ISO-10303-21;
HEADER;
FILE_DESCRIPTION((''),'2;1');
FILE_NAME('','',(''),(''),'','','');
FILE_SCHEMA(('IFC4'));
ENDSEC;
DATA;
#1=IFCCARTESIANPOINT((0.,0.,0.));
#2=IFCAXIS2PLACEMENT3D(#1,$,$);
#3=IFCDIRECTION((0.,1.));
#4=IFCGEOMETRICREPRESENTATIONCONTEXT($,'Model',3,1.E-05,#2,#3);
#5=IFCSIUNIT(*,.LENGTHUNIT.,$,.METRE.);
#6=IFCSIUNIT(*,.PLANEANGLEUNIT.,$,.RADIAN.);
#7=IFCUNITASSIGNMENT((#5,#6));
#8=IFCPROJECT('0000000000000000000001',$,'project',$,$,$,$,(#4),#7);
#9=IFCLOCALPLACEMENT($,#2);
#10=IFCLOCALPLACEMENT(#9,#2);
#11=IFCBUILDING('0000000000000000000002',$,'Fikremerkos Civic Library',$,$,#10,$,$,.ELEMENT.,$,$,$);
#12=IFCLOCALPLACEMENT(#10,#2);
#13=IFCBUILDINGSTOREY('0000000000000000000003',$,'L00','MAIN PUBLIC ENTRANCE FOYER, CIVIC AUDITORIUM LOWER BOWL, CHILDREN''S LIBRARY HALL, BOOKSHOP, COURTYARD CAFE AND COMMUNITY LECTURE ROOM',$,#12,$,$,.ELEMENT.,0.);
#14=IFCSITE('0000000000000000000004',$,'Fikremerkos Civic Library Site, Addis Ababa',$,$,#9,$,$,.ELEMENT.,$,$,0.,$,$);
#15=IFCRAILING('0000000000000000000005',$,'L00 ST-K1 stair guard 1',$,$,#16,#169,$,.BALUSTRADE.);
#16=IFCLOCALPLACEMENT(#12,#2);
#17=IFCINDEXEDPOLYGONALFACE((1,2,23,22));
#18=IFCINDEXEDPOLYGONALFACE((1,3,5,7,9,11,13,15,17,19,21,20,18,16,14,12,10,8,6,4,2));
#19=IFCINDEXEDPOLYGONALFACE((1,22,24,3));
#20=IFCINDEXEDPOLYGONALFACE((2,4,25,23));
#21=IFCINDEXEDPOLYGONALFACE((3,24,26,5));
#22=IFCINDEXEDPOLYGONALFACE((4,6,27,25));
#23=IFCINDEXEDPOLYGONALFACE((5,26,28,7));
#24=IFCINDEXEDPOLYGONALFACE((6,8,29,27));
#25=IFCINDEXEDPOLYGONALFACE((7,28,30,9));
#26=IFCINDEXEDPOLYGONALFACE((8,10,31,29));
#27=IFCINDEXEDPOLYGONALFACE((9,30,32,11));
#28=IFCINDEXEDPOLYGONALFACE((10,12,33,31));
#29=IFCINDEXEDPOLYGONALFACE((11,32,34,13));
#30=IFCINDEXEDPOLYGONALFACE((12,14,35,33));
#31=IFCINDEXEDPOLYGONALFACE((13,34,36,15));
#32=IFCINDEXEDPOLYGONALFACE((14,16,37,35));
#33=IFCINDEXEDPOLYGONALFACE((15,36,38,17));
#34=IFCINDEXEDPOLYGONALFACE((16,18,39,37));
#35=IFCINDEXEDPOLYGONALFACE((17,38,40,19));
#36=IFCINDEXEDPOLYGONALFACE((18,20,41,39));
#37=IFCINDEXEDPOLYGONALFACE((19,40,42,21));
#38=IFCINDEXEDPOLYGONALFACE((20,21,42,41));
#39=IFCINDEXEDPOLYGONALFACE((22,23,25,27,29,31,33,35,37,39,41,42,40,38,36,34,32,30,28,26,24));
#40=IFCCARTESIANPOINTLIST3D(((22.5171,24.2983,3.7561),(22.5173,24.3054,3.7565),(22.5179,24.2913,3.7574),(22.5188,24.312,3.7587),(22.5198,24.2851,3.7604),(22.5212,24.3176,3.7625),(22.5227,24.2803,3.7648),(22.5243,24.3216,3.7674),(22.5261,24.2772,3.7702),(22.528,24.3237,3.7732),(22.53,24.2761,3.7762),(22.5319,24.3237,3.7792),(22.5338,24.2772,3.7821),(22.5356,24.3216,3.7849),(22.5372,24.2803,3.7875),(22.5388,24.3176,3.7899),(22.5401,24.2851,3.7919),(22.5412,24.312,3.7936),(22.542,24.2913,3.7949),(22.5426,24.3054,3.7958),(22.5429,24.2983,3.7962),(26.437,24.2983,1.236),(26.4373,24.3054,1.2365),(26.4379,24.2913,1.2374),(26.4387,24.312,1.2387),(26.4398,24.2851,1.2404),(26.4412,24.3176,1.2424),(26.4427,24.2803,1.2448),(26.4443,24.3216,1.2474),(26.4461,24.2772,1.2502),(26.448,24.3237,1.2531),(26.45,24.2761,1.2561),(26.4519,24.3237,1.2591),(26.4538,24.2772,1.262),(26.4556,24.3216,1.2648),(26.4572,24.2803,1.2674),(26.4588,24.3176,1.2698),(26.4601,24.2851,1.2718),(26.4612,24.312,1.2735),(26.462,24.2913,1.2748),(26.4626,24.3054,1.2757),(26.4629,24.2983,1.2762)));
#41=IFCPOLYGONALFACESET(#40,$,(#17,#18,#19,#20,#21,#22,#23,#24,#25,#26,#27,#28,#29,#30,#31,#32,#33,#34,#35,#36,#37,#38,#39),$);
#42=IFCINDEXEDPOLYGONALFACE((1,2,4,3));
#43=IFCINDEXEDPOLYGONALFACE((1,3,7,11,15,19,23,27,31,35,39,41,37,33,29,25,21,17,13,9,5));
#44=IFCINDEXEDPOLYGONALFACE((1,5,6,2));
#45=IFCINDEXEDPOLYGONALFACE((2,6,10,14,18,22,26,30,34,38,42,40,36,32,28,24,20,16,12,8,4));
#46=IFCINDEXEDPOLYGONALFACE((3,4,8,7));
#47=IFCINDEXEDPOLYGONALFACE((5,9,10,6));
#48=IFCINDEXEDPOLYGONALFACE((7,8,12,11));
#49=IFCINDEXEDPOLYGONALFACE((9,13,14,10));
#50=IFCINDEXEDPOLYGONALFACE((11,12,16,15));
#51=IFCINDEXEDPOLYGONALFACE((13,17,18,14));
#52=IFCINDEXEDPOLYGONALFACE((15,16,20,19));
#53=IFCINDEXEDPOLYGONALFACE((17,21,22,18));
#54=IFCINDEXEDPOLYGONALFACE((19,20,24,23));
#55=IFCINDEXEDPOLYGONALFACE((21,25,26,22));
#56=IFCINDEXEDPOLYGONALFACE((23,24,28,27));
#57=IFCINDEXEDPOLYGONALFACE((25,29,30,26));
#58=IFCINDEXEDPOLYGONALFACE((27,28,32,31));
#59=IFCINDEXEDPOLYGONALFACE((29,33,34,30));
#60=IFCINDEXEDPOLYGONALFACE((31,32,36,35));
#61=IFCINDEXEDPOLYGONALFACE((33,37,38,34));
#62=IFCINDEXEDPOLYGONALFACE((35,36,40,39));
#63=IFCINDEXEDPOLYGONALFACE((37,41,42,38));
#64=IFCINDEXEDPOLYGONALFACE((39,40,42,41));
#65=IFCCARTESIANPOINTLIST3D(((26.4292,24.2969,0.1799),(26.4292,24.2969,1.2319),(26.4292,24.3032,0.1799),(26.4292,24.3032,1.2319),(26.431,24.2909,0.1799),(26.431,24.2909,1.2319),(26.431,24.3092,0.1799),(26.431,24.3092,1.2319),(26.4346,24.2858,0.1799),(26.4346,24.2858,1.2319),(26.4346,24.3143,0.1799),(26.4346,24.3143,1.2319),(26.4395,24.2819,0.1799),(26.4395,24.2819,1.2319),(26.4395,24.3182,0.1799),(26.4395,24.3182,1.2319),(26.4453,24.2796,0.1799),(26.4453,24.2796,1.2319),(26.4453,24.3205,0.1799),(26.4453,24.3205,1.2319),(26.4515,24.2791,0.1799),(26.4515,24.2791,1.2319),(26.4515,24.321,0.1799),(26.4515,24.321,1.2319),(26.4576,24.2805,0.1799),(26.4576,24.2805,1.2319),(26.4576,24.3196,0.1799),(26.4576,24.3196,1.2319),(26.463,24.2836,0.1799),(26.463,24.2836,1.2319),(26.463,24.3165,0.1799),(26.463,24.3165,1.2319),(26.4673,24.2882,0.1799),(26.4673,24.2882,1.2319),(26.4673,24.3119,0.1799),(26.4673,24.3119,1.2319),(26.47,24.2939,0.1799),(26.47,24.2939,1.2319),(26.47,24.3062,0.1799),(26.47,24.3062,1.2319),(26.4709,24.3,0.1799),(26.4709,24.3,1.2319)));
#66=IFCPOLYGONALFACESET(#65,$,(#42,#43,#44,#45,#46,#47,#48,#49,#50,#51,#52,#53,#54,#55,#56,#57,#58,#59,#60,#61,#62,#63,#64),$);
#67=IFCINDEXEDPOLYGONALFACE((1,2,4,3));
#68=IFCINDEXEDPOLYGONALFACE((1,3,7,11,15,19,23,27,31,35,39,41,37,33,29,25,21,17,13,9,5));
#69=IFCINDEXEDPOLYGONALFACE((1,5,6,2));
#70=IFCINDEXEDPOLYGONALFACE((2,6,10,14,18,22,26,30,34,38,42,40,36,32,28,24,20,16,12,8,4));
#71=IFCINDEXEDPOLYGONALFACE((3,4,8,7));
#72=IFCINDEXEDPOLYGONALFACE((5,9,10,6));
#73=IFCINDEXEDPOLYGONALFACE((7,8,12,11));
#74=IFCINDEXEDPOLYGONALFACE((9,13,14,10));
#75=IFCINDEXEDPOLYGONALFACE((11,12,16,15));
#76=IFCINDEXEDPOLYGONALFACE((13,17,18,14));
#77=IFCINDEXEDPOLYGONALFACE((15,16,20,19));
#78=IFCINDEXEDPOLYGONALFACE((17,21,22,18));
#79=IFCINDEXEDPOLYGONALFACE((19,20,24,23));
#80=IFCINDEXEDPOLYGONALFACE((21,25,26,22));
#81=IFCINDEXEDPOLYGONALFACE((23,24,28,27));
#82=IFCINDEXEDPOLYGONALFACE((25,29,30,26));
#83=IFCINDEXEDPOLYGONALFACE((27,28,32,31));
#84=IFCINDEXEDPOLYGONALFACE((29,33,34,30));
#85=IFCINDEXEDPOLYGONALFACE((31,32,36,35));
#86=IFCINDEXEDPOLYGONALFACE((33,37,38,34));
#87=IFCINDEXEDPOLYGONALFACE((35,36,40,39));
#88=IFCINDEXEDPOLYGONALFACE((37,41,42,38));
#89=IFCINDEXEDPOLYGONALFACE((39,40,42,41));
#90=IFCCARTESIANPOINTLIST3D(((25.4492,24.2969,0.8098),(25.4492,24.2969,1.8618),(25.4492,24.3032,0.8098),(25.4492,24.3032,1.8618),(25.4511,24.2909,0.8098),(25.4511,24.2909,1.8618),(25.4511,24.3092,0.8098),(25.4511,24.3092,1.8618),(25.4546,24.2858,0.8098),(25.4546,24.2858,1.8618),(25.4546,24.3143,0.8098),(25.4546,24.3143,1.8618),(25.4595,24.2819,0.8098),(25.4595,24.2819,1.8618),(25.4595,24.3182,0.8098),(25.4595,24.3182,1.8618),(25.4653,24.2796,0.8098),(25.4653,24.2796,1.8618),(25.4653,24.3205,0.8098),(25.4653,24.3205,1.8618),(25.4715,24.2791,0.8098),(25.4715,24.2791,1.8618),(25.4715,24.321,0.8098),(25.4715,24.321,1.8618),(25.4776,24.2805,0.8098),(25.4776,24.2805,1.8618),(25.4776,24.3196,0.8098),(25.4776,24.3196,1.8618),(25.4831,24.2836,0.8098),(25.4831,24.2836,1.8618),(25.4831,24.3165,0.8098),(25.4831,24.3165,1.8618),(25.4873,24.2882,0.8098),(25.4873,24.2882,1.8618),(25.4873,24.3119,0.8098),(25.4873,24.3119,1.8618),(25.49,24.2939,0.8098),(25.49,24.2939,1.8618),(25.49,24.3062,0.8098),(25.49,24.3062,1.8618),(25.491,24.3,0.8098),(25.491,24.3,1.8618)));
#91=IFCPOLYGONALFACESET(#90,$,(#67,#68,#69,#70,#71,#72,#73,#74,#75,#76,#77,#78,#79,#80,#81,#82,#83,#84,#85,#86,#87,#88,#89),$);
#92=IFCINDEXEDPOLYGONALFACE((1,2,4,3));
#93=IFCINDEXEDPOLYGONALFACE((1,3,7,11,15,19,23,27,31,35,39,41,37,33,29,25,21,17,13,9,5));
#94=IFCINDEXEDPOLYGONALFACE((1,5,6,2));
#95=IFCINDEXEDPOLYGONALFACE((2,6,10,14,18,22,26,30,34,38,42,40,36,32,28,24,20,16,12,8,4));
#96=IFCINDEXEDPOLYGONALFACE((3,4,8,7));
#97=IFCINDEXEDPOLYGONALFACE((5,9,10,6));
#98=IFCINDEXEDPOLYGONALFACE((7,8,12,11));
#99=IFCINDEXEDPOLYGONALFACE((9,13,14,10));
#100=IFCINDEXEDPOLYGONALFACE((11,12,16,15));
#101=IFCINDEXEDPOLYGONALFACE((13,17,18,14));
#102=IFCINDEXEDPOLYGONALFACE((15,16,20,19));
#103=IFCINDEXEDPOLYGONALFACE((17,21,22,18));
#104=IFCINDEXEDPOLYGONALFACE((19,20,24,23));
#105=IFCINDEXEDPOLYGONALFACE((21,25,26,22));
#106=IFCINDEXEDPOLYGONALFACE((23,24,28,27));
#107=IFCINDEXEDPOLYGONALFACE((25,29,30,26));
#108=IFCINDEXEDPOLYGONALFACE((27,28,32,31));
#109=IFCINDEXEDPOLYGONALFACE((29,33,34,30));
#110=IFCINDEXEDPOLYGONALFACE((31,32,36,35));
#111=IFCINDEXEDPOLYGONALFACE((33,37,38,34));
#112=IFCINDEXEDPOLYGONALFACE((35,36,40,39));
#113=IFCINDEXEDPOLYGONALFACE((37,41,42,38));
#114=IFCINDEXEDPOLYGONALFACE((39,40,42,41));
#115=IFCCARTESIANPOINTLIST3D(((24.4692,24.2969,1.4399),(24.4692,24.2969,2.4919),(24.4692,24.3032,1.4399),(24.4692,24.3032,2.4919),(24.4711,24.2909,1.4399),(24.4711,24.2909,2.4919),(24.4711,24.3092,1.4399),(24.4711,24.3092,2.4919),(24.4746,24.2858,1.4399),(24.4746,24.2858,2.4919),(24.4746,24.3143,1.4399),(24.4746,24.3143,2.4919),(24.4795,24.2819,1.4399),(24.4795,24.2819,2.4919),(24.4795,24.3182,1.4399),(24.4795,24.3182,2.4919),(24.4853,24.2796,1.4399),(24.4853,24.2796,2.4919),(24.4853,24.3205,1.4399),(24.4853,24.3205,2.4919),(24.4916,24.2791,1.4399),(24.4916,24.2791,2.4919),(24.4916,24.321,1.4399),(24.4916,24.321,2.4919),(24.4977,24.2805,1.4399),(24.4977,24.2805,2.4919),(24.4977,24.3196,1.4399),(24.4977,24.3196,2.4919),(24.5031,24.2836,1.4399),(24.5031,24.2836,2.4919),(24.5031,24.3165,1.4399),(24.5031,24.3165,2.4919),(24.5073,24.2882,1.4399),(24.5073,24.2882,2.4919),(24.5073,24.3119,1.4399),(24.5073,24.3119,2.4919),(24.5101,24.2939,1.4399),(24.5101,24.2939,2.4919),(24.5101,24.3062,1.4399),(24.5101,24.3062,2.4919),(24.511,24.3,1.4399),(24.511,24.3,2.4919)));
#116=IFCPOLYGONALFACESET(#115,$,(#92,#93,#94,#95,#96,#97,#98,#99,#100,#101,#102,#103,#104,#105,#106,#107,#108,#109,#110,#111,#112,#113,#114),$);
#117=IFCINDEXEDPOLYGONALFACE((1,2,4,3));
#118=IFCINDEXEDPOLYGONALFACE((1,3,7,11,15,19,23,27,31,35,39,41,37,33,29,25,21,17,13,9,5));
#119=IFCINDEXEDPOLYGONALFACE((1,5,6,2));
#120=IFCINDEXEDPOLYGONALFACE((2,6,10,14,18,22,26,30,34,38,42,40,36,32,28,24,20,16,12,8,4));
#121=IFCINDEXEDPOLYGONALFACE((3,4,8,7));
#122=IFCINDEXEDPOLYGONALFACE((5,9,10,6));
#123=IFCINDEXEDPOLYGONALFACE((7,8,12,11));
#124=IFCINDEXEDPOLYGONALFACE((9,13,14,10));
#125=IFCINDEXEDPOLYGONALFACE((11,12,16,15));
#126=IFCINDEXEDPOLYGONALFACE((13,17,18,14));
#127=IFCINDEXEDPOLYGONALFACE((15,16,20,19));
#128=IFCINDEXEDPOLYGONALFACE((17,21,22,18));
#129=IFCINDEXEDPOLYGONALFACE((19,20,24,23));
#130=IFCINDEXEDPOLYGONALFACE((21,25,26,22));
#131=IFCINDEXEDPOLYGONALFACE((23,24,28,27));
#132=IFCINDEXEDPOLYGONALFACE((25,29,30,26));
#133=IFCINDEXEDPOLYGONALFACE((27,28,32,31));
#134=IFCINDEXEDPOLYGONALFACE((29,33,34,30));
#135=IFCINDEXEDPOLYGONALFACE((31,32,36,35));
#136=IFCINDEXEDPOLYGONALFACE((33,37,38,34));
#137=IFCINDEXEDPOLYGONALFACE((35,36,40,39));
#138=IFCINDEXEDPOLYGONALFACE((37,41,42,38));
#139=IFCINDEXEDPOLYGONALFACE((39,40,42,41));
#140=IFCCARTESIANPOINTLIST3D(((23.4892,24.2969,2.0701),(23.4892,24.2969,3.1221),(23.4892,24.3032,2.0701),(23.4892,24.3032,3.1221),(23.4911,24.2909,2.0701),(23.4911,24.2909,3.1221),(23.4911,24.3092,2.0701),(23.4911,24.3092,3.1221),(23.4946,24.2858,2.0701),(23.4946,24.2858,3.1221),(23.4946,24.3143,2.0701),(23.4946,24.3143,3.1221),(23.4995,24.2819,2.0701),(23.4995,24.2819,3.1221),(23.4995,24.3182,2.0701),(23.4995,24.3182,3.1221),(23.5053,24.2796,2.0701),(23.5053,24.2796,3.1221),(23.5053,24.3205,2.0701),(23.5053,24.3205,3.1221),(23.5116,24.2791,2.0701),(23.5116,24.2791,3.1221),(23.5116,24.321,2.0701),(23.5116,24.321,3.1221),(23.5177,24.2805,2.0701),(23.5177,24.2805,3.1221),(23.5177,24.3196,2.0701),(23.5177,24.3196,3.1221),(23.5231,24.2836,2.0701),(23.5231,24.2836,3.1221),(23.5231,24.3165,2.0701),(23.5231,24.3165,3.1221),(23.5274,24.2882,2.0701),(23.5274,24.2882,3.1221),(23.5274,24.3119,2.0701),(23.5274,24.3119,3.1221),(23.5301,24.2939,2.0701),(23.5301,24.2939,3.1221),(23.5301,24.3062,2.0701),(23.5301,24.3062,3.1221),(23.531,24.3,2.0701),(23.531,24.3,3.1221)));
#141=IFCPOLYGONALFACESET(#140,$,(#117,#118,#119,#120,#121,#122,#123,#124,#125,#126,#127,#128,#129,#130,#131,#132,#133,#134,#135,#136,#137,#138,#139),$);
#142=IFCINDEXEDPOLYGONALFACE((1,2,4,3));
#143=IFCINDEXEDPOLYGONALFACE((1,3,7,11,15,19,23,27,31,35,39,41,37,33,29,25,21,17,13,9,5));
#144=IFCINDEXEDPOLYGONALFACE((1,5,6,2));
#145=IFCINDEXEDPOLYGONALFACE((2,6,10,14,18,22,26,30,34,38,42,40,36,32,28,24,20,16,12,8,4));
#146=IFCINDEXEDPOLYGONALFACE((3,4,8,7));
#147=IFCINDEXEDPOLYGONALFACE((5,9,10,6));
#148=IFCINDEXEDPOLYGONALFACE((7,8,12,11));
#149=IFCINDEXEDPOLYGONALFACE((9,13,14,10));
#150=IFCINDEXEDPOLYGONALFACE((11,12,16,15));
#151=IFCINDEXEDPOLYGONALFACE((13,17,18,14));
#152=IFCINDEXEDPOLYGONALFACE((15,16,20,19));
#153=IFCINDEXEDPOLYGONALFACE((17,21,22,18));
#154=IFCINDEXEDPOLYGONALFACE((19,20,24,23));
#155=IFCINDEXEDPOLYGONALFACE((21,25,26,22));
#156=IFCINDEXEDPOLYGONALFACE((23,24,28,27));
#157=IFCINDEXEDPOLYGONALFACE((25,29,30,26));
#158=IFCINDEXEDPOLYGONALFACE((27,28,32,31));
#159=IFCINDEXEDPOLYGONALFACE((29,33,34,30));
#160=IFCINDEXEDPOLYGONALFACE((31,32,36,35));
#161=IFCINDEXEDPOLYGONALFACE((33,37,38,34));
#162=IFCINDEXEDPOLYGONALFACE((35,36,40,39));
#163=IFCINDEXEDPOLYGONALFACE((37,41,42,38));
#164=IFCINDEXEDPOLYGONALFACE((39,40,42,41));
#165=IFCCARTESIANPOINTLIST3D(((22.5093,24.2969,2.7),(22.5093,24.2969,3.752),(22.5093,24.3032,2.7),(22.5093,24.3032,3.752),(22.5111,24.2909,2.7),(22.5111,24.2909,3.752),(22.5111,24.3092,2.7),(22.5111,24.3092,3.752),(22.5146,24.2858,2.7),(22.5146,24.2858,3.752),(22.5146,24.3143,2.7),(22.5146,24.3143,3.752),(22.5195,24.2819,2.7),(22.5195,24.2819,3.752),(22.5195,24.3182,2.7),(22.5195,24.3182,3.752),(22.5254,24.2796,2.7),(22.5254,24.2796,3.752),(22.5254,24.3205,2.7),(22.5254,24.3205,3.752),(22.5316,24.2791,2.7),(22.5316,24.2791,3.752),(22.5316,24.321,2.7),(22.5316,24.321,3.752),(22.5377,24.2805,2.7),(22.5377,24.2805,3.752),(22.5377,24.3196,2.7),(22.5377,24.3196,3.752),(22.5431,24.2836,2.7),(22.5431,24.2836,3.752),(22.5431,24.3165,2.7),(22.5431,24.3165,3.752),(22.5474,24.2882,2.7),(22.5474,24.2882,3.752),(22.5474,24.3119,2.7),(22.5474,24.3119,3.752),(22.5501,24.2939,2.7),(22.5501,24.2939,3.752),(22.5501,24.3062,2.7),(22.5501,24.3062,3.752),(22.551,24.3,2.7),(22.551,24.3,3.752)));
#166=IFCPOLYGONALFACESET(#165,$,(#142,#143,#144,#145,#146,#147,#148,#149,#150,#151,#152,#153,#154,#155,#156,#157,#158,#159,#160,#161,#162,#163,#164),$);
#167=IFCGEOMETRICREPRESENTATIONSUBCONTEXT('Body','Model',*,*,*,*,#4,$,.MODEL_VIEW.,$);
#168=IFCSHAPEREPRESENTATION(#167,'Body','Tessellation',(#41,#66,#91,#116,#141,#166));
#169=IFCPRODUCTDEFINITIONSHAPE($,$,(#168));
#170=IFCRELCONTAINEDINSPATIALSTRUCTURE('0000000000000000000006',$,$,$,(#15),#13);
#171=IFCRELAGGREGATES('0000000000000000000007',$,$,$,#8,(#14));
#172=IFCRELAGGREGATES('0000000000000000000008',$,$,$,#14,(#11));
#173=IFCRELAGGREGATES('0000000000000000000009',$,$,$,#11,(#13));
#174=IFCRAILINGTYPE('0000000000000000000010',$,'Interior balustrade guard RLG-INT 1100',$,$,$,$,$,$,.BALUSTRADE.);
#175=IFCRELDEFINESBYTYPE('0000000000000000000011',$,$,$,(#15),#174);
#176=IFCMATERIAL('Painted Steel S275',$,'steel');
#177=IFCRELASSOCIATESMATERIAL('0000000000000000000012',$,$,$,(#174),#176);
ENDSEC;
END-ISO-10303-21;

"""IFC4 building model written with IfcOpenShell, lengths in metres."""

from ifc_helpers import new_model, si_unit, direction, frame, origin, origin_2d, place, context, subcontext, project, spatial, circle, extrude, material, type_object, element, save


model = new_model("IFC4")

# Units and contexts
model_context = context("Model", 3, precision=1e-05, world=origin(), true_north=direction((0.0, 1.0)))
body_context = subcontext(model_context, "Body", "Model", "MODEL_VIEW")
ifc_project = project(units=[si_unit("LENGTHUNIT", "METRE"), si_unit("PLANEANGLEUNIT", "RADIAN")], contexts=[model_context])

# Site, building, storey
site_placement = place(None, origin())
site = spatial("IfcSite", under=ifc_project, at=site_placement, Name="Fikremerkos Civic Library Site, Addis Ababa", CompositionType="ELEMENT", RefElevation=0.0)
building_placement = place(site_placement, origin())
building = spatial("IfcBuilding", under=site, at=building_placement, Name="Fikremerkos Civic Library", CompositionType="ELEMENT")
storey_placement = place(building_placement, origin())
storey = spatial("IfcBuildingStorey", under=building, at=storey_placement, Name="L00", Description="MAIN PUBLIC ENTRANCE FOYER, CIVIC AUDITORIUM LOWER BOWL, CHILDREN'S LIBRARY HALL, BOOKSHOP, COURTYARD CAFE AND COMMUNITY LECTURE ROOM", CompositionType="ELEMENT", Elevation=0.0)

# Railing
ifc_material_1 = material(Name="Painted Steel S275", Category="steel")
railing_type_1 = type_object("IfcRailingType", Name="Interior balustrade guard RLG-INT 1100", PredefinedType="BALUSTRADE", material=ifc_material_1)
railing_1_placement = place(storey_placement, frame((26.45, 24.3, 0.1799)))
element("IfcRailing", 1, at=railing_1_placement, inside=storey, type_object=railing_type_1, Name="L00 ST-K1 stair guard 1", PredefinedType="BALUSTRADE", context=body_context, shape_type="SweptSolid", body=[
    extrude(circle(Radius=0.0239, at=origin_2d()), frame((0.0, 0.0, 1.0762), z_axis=(-0.841172, 0.0, 0.540768), x_axis=(0.0, -1.0, 0.0)), (0.0, 0.0, 1.0), 4.6602),
    extrude(circle(Radius=0.021, at=origin_2d()), origin(), (0.0, 0.0, 1.0), 1.052),
    extrude(circle(Radius=0.021, at=origin_2d()), frame((-0.98, 0.0, 0.6299)), (0.0, 0.0, 1.0), 1.052),
    extrude(circle(Radius=0.021, at=origin_2d()), frame((-1.96, 0.0, 1.26)), (0.0, 0.0, 1.0), 1.052),
    extrude(circle(Radius=0.021, at=origin_2d()), frame((-2.9399, 0.0, 1.8901)), (0.0, 0.0, 1.0), 1.052),
    extrude(circle(Radius=0.021, at=origin_2d()), frame((-3.9199, 0.0, 2.52)), (0.0, 0.0, 1.0), 1.052),
])

save(model, "model.ifc")
